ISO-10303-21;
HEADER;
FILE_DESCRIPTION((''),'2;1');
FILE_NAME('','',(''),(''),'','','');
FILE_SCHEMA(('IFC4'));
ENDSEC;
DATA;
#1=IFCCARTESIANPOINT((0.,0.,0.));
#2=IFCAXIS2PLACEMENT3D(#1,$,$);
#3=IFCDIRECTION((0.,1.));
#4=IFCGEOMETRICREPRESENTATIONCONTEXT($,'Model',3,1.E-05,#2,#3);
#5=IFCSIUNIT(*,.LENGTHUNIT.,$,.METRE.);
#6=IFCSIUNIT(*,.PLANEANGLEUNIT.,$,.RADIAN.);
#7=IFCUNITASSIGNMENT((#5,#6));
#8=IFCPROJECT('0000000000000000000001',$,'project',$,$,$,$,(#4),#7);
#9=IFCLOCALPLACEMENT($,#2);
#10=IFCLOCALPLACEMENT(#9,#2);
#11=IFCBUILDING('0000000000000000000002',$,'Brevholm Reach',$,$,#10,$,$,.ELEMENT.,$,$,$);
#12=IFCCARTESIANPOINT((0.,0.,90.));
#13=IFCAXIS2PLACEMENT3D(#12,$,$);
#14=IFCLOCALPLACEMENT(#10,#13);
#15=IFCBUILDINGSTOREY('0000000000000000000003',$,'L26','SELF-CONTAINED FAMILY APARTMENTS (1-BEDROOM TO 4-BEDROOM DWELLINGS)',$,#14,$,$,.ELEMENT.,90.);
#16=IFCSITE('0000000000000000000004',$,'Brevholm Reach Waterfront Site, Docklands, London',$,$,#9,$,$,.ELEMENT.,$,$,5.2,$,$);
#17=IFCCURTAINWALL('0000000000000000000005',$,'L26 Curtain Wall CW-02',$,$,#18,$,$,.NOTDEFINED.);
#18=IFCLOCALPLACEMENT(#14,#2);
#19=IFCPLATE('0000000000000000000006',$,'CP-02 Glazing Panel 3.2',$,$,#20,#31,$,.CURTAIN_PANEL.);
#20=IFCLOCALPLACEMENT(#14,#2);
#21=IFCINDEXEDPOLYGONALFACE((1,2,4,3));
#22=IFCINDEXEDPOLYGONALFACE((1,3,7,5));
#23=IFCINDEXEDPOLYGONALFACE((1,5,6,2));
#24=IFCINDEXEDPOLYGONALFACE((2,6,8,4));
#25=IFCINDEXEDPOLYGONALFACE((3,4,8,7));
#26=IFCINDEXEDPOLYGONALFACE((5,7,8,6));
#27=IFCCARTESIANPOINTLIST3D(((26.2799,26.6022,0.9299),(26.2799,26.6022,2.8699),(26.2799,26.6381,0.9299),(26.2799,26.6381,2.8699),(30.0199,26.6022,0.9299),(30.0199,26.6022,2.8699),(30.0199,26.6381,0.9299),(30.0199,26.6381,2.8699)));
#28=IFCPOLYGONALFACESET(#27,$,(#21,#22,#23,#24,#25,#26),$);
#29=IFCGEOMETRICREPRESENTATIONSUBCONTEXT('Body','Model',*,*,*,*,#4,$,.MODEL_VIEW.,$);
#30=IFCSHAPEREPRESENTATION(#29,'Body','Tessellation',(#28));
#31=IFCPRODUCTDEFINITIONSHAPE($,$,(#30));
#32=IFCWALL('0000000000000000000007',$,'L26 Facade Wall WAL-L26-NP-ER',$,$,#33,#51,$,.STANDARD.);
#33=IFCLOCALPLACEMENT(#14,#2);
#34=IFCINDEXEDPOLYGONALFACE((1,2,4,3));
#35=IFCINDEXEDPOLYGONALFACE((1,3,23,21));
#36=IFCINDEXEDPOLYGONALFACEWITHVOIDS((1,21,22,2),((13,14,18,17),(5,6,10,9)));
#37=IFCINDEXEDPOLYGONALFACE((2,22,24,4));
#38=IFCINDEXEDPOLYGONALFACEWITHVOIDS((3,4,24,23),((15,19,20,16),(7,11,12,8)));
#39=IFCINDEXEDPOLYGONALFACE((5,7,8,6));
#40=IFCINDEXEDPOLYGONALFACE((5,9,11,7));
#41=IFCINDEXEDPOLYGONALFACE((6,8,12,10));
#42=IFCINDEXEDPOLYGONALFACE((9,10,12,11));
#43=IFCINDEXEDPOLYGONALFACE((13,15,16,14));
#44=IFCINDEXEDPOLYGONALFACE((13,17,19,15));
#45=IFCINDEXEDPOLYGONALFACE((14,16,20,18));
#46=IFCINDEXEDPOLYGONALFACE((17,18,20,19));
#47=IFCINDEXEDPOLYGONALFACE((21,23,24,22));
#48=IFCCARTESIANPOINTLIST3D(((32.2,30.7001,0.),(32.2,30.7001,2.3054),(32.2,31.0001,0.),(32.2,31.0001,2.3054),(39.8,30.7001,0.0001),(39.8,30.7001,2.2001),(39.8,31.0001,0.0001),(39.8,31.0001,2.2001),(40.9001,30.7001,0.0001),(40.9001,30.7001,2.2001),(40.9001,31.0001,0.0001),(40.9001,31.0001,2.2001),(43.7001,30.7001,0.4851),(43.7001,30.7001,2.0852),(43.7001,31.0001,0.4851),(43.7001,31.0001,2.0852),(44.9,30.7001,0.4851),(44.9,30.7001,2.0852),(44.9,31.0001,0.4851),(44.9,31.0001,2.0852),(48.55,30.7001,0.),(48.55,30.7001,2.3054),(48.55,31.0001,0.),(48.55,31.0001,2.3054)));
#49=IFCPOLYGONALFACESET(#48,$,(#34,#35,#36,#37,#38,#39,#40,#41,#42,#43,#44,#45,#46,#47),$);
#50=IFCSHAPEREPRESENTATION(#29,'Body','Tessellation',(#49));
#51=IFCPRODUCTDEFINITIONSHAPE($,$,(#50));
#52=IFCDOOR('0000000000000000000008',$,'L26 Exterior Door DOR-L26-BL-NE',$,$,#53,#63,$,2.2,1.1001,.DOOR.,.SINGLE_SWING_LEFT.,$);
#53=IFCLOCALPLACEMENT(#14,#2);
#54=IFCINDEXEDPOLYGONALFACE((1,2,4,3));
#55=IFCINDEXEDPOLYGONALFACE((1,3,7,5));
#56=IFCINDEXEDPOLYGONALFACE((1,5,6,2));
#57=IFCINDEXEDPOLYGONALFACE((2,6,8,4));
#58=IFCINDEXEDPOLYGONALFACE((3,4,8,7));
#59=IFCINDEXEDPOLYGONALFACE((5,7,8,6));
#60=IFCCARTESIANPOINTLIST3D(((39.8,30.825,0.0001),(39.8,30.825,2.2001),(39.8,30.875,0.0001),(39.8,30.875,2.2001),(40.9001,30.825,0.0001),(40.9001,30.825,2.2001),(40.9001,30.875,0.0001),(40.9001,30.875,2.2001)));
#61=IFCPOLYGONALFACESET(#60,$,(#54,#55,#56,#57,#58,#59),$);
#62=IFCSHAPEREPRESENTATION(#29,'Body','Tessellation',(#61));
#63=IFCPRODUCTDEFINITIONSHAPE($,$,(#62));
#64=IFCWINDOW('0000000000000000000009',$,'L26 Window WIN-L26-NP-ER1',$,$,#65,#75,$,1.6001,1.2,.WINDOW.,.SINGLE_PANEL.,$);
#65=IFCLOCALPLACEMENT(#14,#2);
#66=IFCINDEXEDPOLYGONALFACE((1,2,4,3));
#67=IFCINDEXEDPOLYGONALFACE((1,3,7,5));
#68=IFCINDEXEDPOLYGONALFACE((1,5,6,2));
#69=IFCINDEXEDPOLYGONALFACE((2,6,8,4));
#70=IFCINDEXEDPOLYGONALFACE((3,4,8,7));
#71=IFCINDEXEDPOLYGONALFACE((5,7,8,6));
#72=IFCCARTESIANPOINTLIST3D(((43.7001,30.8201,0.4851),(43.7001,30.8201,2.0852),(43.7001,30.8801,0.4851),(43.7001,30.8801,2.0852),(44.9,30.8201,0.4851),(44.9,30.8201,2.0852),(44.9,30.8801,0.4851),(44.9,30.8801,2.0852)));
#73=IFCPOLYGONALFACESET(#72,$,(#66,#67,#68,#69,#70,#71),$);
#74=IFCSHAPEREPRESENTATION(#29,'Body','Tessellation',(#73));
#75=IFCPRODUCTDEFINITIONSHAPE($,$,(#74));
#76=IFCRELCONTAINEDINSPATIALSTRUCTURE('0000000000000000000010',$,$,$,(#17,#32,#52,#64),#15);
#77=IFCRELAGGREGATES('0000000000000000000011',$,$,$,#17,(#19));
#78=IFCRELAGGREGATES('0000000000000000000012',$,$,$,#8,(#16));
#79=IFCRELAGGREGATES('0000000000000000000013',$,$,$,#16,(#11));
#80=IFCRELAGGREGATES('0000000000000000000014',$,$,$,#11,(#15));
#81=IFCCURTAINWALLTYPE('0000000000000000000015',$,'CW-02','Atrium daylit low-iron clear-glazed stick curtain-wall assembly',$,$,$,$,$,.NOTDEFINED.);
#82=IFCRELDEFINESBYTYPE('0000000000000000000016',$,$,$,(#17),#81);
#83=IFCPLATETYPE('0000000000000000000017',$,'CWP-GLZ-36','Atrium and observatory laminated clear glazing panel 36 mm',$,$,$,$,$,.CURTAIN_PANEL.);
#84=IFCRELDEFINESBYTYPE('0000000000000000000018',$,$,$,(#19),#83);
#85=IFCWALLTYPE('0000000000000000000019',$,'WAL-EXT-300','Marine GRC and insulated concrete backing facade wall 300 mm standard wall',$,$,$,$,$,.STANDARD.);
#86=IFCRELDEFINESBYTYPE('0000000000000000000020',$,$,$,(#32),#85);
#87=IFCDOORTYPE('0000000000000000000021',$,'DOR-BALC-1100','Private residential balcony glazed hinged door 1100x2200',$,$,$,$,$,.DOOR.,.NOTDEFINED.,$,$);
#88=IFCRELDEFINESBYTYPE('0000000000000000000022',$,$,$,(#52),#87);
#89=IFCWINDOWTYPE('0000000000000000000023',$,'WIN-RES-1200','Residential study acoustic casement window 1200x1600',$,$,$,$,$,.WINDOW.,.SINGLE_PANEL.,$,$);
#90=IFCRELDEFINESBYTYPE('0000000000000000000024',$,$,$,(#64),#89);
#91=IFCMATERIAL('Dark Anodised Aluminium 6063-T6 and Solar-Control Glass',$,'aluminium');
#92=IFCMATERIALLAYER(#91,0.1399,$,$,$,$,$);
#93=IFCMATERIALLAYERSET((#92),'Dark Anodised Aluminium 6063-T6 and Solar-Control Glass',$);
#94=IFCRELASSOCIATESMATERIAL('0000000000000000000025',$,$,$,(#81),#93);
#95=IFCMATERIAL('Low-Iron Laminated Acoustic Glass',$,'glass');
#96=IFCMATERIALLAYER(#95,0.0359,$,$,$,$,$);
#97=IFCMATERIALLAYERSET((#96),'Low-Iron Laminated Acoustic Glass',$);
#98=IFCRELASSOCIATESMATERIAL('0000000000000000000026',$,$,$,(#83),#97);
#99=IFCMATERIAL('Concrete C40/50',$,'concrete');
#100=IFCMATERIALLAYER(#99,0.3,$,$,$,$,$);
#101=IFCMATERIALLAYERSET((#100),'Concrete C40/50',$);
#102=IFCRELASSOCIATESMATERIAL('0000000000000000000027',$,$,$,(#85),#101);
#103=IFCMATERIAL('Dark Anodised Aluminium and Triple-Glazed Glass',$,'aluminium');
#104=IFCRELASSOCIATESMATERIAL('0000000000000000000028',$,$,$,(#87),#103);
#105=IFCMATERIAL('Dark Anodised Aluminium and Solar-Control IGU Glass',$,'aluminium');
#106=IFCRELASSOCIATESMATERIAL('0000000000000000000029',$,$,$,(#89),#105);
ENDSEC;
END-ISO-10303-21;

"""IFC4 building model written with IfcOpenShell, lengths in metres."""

from ifc_helpers import new_model, si_unit, direction, frame, frame_2d, origin, origin_2d, place, context, subcontext, project, spatial, rectangle, extrude, material, layer, layer_set, type_object, element, fill, aggregate, save


model = new_model("IFC4")

# Units and contexts
model_context = context("Model", 3, precision=1e-05, world=origin(), true_north=direction((0.0, 1.0)))
body_context = subcontext(model_context, "Body", "Model", "MODEL_VIEW")
ifc_project = project(units=[si_unit("LENGTHUNIT", "METRE"), si_unit("PLANEANGLEUNIT", "RADIAN")], contexts=[model_context])

# Site, building, storey
site_placement = place(None, origin())
site = spatial("IfcSite", under=ifc_project, at=site_placement, Name="Brevholm Reach Waterfront Site, Docklands, London", CompositionType="ELEMENT", RefElevation=5.2)
building_placement = place(site_placement, origin())
building = spatial("IfcBuilding", under=site, at=building_placement, Name="Brevholm Reach", CompositionType="ELEMENT")
storey_placement = place(building_placement, frame((0.0, 0.0, 90.0)))
storey = spatial("IfcBuildingStorey", under=building, at=storey_placement, Name="L26", Description="SELF-CONTAINED FAMILY APARTMENTS (1-BEDROOM TO 4-BEDROOM DWELLINGS)", CompositionType="ELEMENT", Elevation=90.0)

# Curtain wall
ifc_material_1 = material(Name="Dark Anodised Aluminium 6063-T6 and Solar-Control Glass", Category="aluminium")
ifc_layer_1 = layer(ifc_material_1, 0.1399)
ifc_layer_set_1 = layer_set([ifc_layer_1], Name="Dark Anodised Aluminium 6063-T6 and Solar-Control Glass")
curtain_wall_type_1 = type_object("IfcCurtainWallType", Name="CW-02", Description="Atrium daylit low-iron clear-glazed stick curtain-wall assembly", PredefinedType="NOTDEFINED", material=ifc_layer_set_1)
curtain_wall_1_placement = place(storey_placement, origin())
curtain_wall_1 = element("IfcCurtainWall", 1, at=curtain_wall_1_placement, inside=storey, type_object=curtain_wall_type_1, Name="L26 Curtain Wall CW-02", PredefinedType="NOTDEFINED")

# Plate
ifc_material_2 = material(Name="Low-Iron Laminated Acoustic Glass", Category="glass")
ifc_layer_2 = layer(ifc_material_2, 0.0359)
ifc_layer_set_2 = layer_set([ifc_layer_2], Name="Low-Iron Laminated Acoustic Glass")
plate_type_1 = type_object("IfcPlateType", Name="CWP-GLZ-36", Description="Atrium and observatory laminated clear glazing panel 36 mm", PredefinedType="CURTAIN_PANEL", material=ifc_layer_set_2)
plate_1_placement = place(storey_placement, frame((28.1499, 26.6201, 0.9299), z_axis=(0.0, 0.0, 1.0), x_axis=(-1.0, 0.0, 0.0)))
plate_1 = element("IfcPlate", 2, at=plate_1_placement, type_object=plate_type_1, Name="CP-02 Glazing Panel 3.2", PredefinedType="CURTAIN_PANEL", context=body_context, shape_type="SweptSolid", body=[
    extrude(rectangle(XDim=3.74, YDim=0.0359, at=origin_2d()), origin(), (0.0, 0.0, 1.0), 1.9399),
])
aggregate(curtain_wall_1, [plate_1])

# Wall, openings, door, window
ifc_material_3 = material(Name="Concrete C40/50", Category="concrete")
ifc_layer_3 = layer(ifc_material_3, 0.3)
ifc_layer_set_3 = layer_set([ifc_layer_3], Name="Concrete C40/50")
wall_type = type_object("IfcWallType", Name="WAL-EXT-300", Description="Marine GRC and insulated concrete backing facade wall 300 mm standard wall", PredefinedType="STANDARD", material=ifc_layer_set_3)
wall_placement = place(storey_placement, frame((32.2, 30.8501, 0.0), z_axis=(0.0, 0.0, 1.0), x_axis=(1.0, 0.0, 0.0)))
wall = element("IfcWall", 3, at=wall_placement, inside=storey, type_object=wall_type, Name="L26 Facade Wall WAL-L26-NP-ER", PredefinedType="STANDARD", context=body_context, shape_type="SweptSolid", body=[
    extrude(rectangle(XDim=16.3501, YDim=0.3, at=frame_2d((8.175, 0.0))), origin(), (0.0, 0.0, 1.0), 2.3054),
])
opening_1_placement = place(wall_placement, frame((7.6001, 0.0, 0.0)))
opening_1 = element("IfcOpeningElement", 4, at=opening_1_placement, cuts=wall, PredefinedType="OPENING", context=body_context, shape_type="SweptSolid", body=[
    extrude(rectangle(XDim=1.1001, YDim=2.2, at=frame_2d((0.55, 1.1001))), frame((0.0, 0.1599, 0.0), z_axis=(0.0, -1.0, 0.0), x_axis=(1.0, 0.0, 0.0)), (0.0, 0.0, 1.0), 0.3201),
])
opening_2_placement = place(wall_placement, frame((11.5, 0.0, 0.4851)))
opening_2 = element("IfcOpeningElement", 5, at=opening_2_placement, cuts=wall, PredefinedType="OPENING", context=body_context, shape_type="SweptSolid", body=[
    extrude(rectangle(XDim=1.2, YDim=1.6001, at=frame_2d((0.6001, 0.8))), frame((0.0, 0.1599, 0.0), z_axis=(0.0, -1.0, 0.0), x_axis=(1.0, 0.0, 0.0)), (0.0, 0.0, 1.0), 0.3201),
])
ifc_material_4 = material(Name="Dark Anodised Aluminium and Triple-Glazed Glass", Category="aluminium")
door_type = type_object("IfcDoorType", Name="DOR-BALC-1100", Description="Private residential balcony glazed hinged door 1100x2200", OperationType="NOTDEFINED", PredefinedType="DOOR", material=ifc_material_4)
door_placement = place(opening_1_placement, origin())
door = element("IfcDoor", 6, at=door_placement, inside=storey, type_object=door_type, Name="L26 Exterior Door DOR-L26-BL-NE", OperationType="SINGLE_SWING_LEFT", OverallHeight=2.2, OverallWidth=1.1001, PredefinedType="DOOR", context=body_context, shape_type="SweptSolid", body=[
    extrude(rectangle(XDim=1.1001, YDim=2.2, at=frame_2d((0.55, 1.1001))), frame((0.0, 0.0249, 0.0), z_axis=(0.0, -1.0, 0.0), x_axis=(1.0, 0.0, 0.0)), (0.0, 0.0, 1.0), 0.05),
])
fill(opening_1, door)
ifc_material_5 = material(Name="Dark Anodised Aluminium and Solar-Control IGU Glass", Category="aluminium")
window_type = type_object("IfcWindowType", Name="WIN-RES-1200", Description="Residential study acoustic casement window 1200x1600", PartitioningType="SINGLE_PANEL", PredefinedType="WINDOW", material=ifc_material_5)
window_placement = place(opening_2_placement, origin())
window = element("IfcWindow", 7, at=window_placement, inside=storey, type_object=window_type, Name="L26 Window WIN-L26-NP-ER1", OverallHeight=1.6001, OverallWidth=1.2, PartitioningType="SINGLE_PANEL", PredefinedType="WINDOW", context=body_context, shape_type="SweptSolid", body=[
    extrude(rectangle(XDim=1.2, YDim=1.6001, at=frame_2d((0.6001, 0.8))), frame((0.0, 0.03, 0.0), z_axis=(0.0, -1.0, 0.0), x_axis=(1.0, 0.0, 0.0)), (0.0, 0.0, 1.0), 0.0601),
])
fill(opening_2, window)

save(model, "model.ifc")
